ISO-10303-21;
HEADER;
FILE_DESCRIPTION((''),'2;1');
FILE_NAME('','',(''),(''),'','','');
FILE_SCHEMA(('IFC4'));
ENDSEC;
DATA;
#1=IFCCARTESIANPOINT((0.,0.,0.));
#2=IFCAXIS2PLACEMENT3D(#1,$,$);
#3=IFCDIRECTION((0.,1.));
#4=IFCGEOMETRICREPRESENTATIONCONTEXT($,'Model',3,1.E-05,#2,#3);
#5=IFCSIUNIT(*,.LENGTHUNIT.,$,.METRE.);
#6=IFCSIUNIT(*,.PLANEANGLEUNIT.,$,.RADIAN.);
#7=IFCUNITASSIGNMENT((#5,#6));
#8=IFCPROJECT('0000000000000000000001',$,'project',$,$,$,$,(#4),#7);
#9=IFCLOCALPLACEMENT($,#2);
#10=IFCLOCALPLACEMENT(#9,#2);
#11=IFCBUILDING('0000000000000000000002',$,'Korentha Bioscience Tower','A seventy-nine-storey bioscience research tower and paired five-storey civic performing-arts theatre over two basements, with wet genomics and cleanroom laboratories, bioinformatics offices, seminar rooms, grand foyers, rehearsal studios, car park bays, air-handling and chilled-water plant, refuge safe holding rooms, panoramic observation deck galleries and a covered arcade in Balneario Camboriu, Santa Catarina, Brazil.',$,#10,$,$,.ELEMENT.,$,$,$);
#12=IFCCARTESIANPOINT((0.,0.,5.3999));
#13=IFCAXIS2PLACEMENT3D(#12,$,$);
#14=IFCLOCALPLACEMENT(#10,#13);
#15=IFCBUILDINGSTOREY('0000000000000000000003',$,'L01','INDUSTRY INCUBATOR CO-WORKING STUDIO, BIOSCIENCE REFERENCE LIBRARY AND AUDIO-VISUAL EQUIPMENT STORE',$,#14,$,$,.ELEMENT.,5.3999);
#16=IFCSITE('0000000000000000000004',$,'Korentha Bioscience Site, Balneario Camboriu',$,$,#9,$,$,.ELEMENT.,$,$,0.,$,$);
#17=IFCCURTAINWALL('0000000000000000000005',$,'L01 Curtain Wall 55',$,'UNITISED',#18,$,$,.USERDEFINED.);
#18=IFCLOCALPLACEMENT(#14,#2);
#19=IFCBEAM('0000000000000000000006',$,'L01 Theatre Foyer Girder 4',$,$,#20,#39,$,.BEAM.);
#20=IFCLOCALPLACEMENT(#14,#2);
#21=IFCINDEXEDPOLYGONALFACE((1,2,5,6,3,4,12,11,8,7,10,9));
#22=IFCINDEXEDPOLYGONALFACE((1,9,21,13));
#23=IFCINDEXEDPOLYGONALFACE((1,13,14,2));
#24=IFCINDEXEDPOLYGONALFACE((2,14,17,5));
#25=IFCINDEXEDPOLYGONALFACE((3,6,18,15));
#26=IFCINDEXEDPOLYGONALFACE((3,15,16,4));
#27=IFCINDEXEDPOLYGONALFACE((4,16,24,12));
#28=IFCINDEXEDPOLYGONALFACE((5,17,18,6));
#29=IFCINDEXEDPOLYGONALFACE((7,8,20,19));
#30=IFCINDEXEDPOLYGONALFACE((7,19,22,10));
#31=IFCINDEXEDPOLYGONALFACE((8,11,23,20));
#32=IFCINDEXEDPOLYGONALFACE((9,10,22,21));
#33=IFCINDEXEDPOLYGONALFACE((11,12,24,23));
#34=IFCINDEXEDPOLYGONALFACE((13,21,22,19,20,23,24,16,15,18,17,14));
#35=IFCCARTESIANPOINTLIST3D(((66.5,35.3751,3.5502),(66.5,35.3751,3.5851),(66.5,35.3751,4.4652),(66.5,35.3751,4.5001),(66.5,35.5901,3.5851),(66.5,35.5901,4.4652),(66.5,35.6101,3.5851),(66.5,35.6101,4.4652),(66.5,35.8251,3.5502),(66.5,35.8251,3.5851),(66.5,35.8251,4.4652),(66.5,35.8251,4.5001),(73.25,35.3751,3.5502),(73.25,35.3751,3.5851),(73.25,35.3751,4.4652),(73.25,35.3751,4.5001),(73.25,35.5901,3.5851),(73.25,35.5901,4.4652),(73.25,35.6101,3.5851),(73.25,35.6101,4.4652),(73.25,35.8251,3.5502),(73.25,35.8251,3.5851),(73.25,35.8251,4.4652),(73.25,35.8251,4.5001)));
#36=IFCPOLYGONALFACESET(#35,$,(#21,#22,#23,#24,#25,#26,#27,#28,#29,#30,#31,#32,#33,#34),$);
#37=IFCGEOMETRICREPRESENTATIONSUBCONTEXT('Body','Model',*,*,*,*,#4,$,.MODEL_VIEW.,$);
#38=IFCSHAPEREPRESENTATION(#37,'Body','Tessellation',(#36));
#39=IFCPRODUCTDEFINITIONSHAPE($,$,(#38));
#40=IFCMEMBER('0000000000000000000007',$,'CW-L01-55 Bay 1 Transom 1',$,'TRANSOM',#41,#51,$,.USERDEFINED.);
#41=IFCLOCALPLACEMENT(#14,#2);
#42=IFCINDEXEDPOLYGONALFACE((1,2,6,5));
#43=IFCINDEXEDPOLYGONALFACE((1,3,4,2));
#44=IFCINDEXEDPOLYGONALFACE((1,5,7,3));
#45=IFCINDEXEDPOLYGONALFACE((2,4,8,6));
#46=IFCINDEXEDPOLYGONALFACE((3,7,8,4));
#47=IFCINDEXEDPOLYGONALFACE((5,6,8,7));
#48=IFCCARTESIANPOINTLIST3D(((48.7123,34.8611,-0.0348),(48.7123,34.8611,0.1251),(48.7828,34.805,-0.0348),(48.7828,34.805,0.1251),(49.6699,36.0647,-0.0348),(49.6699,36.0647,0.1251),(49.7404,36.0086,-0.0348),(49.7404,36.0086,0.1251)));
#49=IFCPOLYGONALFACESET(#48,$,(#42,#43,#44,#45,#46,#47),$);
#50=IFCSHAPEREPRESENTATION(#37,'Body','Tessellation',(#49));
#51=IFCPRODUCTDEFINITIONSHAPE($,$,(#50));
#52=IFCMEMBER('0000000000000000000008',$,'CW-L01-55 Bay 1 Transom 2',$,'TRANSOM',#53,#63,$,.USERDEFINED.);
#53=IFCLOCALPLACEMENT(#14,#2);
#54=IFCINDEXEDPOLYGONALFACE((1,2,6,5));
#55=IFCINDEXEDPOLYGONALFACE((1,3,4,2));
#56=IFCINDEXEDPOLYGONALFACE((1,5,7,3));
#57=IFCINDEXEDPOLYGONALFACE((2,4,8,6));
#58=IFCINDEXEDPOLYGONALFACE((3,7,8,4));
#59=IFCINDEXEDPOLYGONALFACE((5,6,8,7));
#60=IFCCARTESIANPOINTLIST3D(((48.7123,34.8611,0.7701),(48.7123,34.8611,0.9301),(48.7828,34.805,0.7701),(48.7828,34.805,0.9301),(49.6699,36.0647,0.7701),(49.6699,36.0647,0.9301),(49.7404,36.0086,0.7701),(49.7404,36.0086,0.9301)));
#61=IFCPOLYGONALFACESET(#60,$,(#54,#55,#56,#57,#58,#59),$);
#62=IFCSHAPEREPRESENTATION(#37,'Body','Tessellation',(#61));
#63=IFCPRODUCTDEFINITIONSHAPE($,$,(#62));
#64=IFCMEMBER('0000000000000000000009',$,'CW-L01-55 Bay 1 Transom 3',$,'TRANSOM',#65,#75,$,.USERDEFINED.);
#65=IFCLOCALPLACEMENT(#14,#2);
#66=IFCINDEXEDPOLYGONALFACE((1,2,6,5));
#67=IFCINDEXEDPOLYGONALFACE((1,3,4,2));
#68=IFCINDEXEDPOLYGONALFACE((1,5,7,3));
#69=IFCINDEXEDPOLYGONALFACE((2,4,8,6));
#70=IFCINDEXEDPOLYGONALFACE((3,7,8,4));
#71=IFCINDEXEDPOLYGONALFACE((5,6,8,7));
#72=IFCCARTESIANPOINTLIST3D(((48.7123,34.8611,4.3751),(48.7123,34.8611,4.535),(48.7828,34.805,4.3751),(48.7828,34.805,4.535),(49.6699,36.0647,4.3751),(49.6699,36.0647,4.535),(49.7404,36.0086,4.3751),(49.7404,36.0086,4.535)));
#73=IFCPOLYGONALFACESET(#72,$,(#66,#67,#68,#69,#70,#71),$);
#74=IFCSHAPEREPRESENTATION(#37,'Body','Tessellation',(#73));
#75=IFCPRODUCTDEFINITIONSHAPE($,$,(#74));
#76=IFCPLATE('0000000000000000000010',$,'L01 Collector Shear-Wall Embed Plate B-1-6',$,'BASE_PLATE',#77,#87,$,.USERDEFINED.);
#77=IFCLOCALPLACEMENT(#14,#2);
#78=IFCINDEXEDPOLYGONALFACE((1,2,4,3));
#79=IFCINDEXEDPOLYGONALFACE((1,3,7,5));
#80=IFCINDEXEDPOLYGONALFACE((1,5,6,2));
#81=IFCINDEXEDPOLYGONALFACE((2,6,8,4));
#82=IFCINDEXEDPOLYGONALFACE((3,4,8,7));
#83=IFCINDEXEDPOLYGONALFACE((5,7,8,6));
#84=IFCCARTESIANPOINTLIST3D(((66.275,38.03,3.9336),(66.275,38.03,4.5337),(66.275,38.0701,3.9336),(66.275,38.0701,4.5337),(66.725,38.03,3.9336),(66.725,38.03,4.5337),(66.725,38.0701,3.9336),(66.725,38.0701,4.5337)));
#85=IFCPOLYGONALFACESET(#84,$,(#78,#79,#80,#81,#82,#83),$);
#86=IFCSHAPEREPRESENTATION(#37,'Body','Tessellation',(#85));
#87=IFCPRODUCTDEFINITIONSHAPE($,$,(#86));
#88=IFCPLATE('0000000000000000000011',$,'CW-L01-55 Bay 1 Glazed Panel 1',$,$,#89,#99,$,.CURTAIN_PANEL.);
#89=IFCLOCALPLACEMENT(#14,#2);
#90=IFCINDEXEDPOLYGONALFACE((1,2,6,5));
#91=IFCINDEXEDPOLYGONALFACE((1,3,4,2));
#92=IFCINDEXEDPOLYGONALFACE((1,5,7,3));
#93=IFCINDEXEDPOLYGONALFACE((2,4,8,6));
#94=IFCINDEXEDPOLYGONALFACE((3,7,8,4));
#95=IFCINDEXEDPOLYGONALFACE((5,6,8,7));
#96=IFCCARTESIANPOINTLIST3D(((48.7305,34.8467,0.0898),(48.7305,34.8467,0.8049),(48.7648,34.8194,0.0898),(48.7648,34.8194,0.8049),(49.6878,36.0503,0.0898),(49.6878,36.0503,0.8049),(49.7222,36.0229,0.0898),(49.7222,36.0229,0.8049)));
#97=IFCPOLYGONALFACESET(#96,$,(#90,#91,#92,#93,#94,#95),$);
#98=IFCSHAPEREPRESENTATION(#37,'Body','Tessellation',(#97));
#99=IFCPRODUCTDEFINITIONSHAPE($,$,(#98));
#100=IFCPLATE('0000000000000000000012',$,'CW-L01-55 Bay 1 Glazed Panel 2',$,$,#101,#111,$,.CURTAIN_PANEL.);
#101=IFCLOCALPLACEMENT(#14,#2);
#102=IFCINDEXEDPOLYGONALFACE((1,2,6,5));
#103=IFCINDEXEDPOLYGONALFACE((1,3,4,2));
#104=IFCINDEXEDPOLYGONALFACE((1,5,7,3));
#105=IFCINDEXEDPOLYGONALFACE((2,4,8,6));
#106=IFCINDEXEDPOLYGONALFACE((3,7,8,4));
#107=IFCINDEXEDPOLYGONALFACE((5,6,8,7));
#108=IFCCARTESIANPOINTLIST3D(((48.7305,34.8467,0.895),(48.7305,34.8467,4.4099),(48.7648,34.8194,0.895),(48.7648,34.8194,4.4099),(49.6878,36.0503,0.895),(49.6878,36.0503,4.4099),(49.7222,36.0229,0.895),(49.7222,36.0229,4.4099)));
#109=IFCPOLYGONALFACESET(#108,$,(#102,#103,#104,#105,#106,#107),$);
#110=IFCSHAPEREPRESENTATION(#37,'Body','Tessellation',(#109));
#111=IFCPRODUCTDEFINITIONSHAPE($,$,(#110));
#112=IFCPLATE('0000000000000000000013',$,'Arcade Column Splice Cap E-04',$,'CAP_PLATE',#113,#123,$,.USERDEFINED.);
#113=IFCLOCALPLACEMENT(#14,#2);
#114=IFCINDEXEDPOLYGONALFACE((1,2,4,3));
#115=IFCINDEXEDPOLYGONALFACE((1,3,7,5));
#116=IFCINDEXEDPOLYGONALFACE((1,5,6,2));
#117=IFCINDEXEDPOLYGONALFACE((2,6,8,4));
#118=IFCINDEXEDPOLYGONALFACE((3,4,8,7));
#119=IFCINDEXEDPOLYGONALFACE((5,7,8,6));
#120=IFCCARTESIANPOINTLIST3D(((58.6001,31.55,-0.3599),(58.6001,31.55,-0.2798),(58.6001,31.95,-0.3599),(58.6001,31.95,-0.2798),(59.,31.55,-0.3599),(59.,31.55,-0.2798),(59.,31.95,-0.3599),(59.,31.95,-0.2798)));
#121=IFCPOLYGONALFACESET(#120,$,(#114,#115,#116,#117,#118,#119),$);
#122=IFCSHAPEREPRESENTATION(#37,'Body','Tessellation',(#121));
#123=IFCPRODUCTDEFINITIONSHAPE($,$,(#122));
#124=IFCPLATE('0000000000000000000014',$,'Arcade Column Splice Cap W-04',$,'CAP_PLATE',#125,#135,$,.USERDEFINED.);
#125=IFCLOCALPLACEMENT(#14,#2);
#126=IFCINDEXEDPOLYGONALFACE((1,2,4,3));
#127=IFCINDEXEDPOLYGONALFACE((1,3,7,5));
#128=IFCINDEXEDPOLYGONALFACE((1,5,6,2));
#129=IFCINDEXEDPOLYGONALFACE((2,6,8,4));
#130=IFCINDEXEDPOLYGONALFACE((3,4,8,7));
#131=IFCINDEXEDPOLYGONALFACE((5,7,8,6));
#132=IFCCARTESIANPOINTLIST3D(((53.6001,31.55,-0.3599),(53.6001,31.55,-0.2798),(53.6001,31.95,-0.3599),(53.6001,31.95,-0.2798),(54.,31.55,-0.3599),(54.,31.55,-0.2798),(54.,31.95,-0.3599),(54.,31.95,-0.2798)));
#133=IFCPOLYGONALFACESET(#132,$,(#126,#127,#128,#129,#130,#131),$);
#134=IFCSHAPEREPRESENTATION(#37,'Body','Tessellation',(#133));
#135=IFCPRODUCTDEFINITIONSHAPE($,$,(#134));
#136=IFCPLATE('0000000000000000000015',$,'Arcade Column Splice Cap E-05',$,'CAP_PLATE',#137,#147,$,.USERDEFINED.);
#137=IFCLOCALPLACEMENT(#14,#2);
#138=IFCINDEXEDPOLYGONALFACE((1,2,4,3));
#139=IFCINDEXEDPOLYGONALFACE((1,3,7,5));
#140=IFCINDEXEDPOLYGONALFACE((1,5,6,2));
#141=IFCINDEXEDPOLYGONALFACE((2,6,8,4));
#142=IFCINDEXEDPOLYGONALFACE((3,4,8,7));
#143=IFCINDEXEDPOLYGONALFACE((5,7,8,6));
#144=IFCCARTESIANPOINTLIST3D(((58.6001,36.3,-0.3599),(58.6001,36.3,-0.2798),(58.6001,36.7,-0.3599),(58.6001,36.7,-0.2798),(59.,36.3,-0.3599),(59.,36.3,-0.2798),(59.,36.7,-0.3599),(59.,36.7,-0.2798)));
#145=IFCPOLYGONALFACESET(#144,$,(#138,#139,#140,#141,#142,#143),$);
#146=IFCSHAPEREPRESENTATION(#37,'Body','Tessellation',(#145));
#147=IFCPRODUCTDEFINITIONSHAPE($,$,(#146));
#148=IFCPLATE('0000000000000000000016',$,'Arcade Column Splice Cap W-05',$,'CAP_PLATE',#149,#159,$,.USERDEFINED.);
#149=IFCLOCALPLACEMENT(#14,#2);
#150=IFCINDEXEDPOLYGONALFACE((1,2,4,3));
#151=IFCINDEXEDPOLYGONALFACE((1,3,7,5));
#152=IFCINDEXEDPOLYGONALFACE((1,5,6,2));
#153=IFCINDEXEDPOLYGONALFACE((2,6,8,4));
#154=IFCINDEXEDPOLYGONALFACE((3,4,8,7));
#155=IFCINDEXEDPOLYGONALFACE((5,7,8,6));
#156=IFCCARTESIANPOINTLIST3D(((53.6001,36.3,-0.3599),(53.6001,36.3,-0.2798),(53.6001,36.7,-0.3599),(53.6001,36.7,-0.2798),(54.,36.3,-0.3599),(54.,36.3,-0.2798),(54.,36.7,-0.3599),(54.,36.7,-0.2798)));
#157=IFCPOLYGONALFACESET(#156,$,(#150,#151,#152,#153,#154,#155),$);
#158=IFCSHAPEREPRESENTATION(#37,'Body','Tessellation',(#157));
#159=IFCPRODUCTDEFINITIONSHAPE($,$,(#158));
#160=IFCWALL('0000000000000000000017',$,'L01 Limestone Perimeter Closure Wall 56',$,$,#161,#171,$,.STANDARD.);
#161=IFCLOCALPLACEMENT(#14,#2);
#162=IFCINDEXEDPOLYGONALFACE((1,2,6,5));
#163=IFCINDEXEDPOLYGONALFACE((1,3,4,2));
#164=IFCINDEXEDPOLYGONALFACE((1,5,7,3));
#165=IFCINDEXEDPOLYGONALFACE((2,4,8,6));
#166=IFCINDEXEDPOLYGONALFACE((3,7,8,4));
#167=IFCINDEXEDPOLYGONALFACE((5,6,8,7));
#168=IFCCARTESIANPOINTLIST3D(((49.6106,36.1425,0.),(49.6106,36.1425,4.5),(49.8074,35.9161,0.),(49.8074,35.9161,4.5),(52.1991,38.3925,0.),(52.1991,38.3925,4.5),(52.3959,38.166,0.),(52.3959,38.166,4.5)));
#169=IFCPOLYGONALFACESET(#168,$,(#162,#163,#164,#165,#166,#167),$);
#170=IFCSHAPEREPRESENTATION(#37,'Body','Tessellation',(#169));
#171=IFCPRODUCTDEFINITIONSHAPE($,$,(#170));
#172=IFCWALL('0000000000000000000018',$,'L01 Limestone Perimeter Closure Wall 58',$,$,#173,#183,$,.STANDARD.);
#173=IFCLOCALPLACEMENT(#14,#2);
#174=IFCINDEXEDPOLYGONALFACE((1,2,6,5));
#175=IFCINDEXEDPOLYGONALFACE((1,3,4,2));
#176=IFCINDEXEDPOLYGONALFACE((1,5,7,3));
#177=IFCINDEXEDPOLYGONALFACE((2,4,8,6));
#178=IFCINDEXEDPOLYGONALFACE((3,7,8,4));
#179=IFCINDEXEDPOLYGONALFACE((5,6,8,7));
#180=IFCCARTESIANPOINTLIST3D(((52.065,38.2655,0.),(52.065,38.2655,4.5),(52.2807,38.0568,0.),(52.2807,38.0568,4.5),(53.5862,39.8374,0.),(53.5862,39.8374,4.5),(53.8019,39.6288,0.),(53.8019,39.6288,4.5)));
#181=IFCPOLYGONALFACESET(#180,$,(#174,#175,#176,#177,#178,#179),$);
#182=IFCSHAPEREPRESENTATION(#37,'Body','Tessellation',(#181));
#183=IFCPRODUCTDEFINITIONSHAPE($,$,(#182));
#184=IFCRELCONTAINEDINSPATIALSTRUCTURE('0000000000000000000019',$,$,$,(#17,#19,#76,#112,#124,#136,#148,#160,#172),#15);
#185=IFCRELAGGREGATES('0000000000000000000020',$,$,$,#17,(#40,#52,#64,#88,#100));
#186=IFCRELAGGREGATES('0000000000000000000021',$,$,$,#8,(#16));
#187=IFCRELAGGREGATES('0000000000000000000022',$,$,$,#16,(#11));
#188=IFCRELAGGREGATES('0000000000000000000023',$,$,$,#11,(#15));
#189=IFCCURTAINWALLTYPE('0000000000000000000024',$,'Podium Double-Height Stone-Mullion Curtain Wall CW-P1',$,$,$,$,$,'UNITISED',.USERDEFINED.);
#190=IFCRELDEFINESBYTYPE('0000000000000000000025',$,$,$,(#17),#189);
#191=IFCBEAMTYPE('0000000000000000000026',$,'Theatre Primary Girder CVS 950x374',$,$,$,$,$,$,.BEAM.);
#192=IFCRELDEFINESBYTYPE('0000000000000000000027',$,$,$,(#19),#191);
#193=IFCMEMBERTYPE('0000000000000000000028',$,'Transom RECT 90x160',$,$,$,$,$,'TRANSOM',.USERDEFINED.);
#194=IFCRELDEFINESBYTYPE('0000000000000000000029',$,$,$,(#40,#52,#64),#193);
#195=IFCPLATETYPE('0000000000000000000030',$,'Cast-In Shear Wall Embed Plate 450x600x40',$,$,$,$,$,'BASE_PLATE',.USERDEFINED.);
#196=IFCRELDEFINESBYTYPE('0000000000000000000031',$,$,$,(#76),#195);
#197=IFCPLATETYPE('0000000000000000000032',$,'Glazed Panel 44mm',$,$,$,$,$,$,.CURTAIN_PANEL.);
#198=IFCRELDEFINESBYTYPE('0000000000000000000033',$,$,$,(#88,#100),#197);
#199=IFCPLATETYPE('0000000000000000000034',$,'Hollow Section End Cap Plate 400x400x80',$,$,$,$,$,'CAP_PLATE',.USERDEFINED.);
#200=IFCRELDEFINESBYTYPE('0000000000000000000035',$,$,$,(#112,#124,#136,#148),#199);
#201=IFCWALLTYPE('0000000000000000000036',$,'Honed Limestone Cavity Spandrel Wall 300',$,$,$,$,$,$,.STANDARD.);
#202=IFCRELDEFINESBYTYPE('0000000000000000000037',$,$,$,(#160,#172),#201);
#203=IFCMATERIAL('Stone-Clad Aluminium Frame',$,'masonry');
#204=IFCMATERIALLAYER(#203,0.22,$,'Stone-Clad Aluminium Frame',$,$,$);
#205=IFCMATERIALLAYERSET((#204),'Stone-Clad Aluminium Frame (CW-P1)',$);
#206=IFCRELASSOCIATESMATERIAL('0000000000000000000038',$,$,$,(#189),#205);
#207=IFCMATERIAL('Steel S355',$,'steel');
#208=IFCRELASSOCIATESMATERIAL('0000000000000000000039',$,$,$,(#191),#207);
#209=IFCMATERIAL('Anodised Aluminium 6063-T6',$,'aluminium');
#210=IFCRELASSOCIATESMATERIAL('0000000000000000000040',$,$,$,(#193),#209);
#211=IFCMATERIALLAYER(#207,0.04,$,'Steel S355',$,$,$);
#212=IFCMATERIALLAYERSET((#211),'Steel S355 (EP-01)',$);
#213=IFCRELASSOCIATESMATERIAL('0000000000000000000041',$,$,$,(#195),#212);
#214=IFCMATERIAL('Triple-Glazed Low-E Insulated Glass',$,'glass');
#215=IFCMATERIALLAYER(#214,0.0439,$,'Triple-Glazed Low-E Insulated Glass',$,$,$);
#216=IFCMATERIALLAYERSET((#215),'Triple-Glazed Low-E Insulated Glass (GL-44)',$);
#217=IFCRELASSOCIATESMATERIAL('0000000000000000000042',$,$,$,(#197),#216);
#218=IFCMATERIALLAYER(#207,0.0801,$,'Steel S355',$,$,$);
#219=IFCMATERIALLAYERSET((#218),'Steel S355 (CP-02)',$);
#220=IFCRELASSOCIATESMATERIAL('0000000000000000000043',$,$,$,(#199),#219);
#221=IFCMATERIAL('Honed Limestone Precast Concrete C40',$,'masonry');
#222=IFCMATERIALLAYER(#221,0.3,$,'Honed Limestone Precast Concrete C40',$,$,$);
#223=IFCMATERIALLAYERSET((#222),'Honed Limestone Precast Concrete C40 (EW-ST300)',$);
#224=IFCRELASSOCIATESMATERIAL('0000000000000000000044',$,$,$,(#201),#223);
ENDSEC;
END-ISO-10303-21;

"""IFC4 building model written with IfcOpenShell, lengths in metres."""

from ifc_helpers import new_model, si_unit, direction, frame, frame_2d, origin, origin_2d, place, context, subcontext, project, spatial, rectangle, i_section, extrude, material, layer, layer_set, material_profile, profile_set, type_object, element, aggregate, save


model = new_model("IFC4")

# Units and contexts
model_context = context("Model", 3, precision=1e-05, world=origin(), true_north=direction((0.0, 1.0)))
body_context = subcontext(model_context, "Body", "Model", "MODEL_VIEW")
ifc_project = project(units=[si_unit("LENGTHUNIT", "METRE"), si_unit("PLANEANGLEUNIT", "RADIAN")], contexts=[model_context])

# Site, building, storey
site_placement = place(None, origin())
site = spatial("IfcSite", under=ifc_project, at=site_placement, Name="Korentha Bioscience Site, Balneario Camboriu", CompositionType="ELEMENT", RefElevation=0.0)
building_placement = place(site_placement, origin())
building = spatial("IfcBuilding", under=site, at=building_placement, Name="Korentha Bioscience Tower", Description="A seventy-nine-storey bioscience research tower and paired five-storey civic performing-arts theatre over two basements, with wet genomics and cleanroom laboratories, bioinformatics offices, seminar rooms, grand foyers, rehearsal studios, car park bays, air-handling and chilled-water plant, refuge safe holding rooms, panoramic observation deck galleries and a covered arcade in Balneario Camboriu, Santa Catarina, Brazil.", CompositionType="ELEMENT")
storey_placement = place(building_placement, frame((0.0, 0.0, 5.3999)))
storey = spatial("IfcBuildingStorey", under=building, at=storey_placement, Name="L01", Description="INDUSTRY INCUBATOR CO-WORKING STUDIO, BIOSCIENCE REFERENCE LIBRARY AND AUDIO-VISUAL EQUIPMENT STORE", CompositionType="ELEMENT", Elevation=5.3999)

# Shared definitions
ifc_material_1 = material(Name="Steel S355", Category="steel")

# Curtain wall
ifc_material_2 = material(Name="Stone-Clad Aluminium Frame", Category="masonry")
ifc_layer_1 = layer(ifc_material_2, 0.22, Name="Stone-Clad Aluminium Frame")
ifc_layer_set_1 = layer_set([ifc_layer_1], Name="Stone-Clad Aluminium Frame (CW-P1)")
curtain_wall_type = type_object("IfcCurtainWallType", Name="Podium Double-Height Stone-Mullion Curtain Wall CW-P1", ElementType="UNITISED", PredefinedType="USERDEFINED", material=ifc_layer_set_1)
curtain_wall_placement = place(storey_placement, origin())
curtain_wall = element("IfcCurtainWall", 1, at=curtain_wall_placement, inside=storey, type_object=curtain_wall_type, Name="L01 Curtain Wall 55", ObjectType="UNITISED", PredefinedType="USERDEFINED")
ifc_material_3 = material(Name="Anodised Aluminium 6063-T6", Category="aluminium")

# Beam
ifc_material_profile_1 = material_profile(ifc_material_1, i_section(OverallWidth=0.45, OverallDepth=0.95, WebThickness=0.02, FlangeThickness=0.0349, at=origin_2d()), Name="Steel S355")
ifc_profile_set_1 = profile_set([ifc_material_profile_1], Name="Steel S355 (TB-950)")
beam_type_1 = type_object("IfcBeamType", Name="Theatre Primary Girder CVS 950x374", PredefinedType="BEAM", material=ifc_profile_set_1)
beam_1_placement = place(storey_placement, frame((66.5, 35.6001, 4.0251), z_axis=(1.0, 0.0, 0.0), x_axis=(0.0, 1.0, 0.0)))
element("IfcBeam", 2, at=beam_1_placement, inside=storey, type_object=beam_type_1, Name="L01 Theatre Foyer Girder 4", PredefinedType="BEAM", context=body_context, shape_type="SweptSolid", body=[
    extrude(i_section(OverallWidth=0.45, OverallDepth=0.95, WebThickness=0.02, FlangeThickness=0.0349, at=origin_2d()), origin(), (0.0, 0.0, 1.0), 6.75),
])

# Members
ifc_material_profile_2 = material_profile(ifc_material_3, rectangle(XDim=0.0901, YDim=0.1599, at=origin_2d()), Name="Anodised Aluminium 6063-T6")
ifc_profile_set_2 = profile_set([ifc_material_profile_2], Name="Anodised Aluminium 6063-T6 (CW-TRN)")
member_type_1 = type_object("IfcMemberType", Name="Transom RECT 90x160", ElementType="TRANSOM", PredefinedType="USERDEFINED", material=ifc_profile_set_2)
member_1_placement = place(storey_placement, frame((48.7476, 34.833, 0.0452), z_axis=(0.622563, 0.782569, 0.0), x_axis=(-0.782569, 0.622563, 0.0)))
member_1 = element("IfcMember", 3, at=member_1_placement, type_object=member_type_1, Name="CW-L01-55 Bay 1 Transom 1", ObjectType="TRANSOM", PredefinedType="USERDEFINED", context=body_context, shape_type="SweptSolid", body=[
    extrude(rectangle(XDim=0.0901, YDim=0.1599, at=origin_2d()), origin(), (0.0, 0.0, 1.0), 1.5381),
])
member_2_placement = place(storey_placement, frame((48.7476, 34.833, 0.8501), z_axis=(0.622563, 0.782569, 0.0), x_axis=(-0.782569, 0.622563, 0.0)))
member_2 = element("IfcMember", 4, at=member_2_placement, type_object=member_type_1, Name="CW-L01-55 Bay 1 Transom 2", ObjectType="TRANSOM", PredefinedType="USERDEFINED", context=body_context, shape_type="SweptSolid", body=[
    extrude(rectangle(XDim=0.0901, YDim=0.1599, at=origin_2d()), origin(), (0.0, 0.0, 1.0), 1.5381),
])
member_3_placement = place(storey_placement, frame((48.7476, 34.833, 4.4551), z_axis=(0.622563, 0.782569, 0.0), x_axis=(-0.782569, 0.622563, 0.0)))
member_3 = element("IfcMember", 5, at=member_3_placement, type_object=member_type_1, Name="CW-L01-55 Bay 1 Transom 3", ObjectType="TRANSOM", PredefinedType="USERDEFINED", context=body_context, shape_type="SweptSolid", body=[
    extrude(rectangle(XDim=0.0901, YDim=0.1599, at=origin_2d()), origin(), (0.0, 0.0, 1.0), 1.5381),
])

# Plates
ifc_layer_2 = layer(ifc_material_1, 0.04, Name="Steel S355")
ifc_layer_set_2 = layer_set([ifc_layer_2], Name="Steel S355 (EP-01)")
plate_type_1 = type_object("IfcPlateType", Name="Cast-In Shear Wall Embed Plate 450x600x40", ElementType="BASE_PLATE", PredefinedType="USERDEFINED", material=ifc_layer_set_2)
plate_1_placement = place(storey_placement, frame((66.5, 38.05, 3.9336), z_axis=(0.0, 0.0, 1.0), x_axis=(1.0, 0.0, 0.0)))
element("IfcPlate", 6, at=plate_1_placement, inside=storey, type_object=plate_type_1, Name="L01 Collector Shear-Wall Embed Plate B-1-6", ObjectType="BASE_PLATE", PredefinedType="USERDEFINED", context=body_context, shape_type="SweptSolid", body=[
    extrude(rectangle(XDim=0.45, YDim=0.04, at=origin_2d()), origin(), (0.0, 0.0, 1.0), 0.6001),
])
ifc_material_4 = material(Name="Triple-Glazed Low-E Insulated Glass", Category="glass")
ifc_layer_3 = layer(ifc_material_4, 0.0439, Name="Triple-Glazed Low-E Insulated Glass")
ifc_layer_set_3 = layer_set([ifc_layer_3], Name="Triple-Glazed Low-E Insulated Glass (GL-44)")
plate_type_2 = type_object("IfcPlateType", Name="Glazed Panel 44mm", PredefinedType="CURTAIN_PANEL", material=ifc_layer_set_3)
plate_2_placement = place(storey_placement, frame((49.2263, 35.4348, 0.0898), z_axis=(0.0, 0.0, 1.0), x_axis=(0.62252, 0.782604, 0.0)))
plate_2 = element("IfcPlate", 7, at=plate_2_placement, type_object=plate_type_2, Name="CW-L01-55 Bay 1 Glazed Panel 1", PredefinedType="CURTAIN_PANEL", context=body_context, shape_type="SweptSolid", body=[
    extrude(rectangle(XDim=1.5378, YDim=0.0439, at=origin_2d()), origin(), (0.0, 0.0, 1.0), 0.7151),
])
plate_3_placement = place(storey_placement, frame((49.2263, 35.4348, 0.895), z_axis=(0.0, 0.0, 1.0), x_axis=(0.62252, 0.782604, 0.0)))
plate_3 = element("IfcPlate", 8, at=plate_3_placement, type_object=plate_type_2, Name="CW-L01-55 Bay 1 Glazed Panel 2", PredefinedType="CURTAIN_PANEL", context=body_context, shape_type="SweptSolid", body=[
    extrude(rectangle(XDim=1.5378, YDim=0.0439, at=origin_2d()), origin(), (0.0, 0.0, 1.0), 3.5149),
])
aggregate(curtain_wall, [member_1, member_2, member_3, plate_2, plate_3])

# Plates
ifc_layer_4 = layer(ifc_material_1, 0.0801, Name="Steel S355")
ifc_layer_set_4 = layer_set([ifc_layer_4], Name="Steel S355 (CP-02)")
plate_type_3 = type_object("IfcPlateType", Name="Hollow Section End Cap Plate 400x400x80", ElementType="CAP_PLATE", PredefinedType="USERDEFINED", material=ifc_layer_set_4)
for number, where, z_axis, x_axis, name in (
    (9, (58.8, 31.75, -0.3599), (0.0, 0.0, 1.0), (1.0, 0.0, 0.0), "Arcade Column Splice Cap E-04"),
    (10, (53.8, 31.75, -0.3599), (0.0, 0.0, 1.0), (1.0, 0.0, 0.0), "Arcade Column Splice Cap W-04"),
    (11, (58.8, 36.5, -0.3599), (0.0, 0.0, 1.0), (1.0, 0.0, 0.0), "Arcade Column Splice Cap E-05"),
    (12, (53.8, 36.5, -0.3599), (0.0, 0.0, 1.0), (1.0, 0.0, 0.0), "Arcade Column Splice Cap W-05"),
):
    element("IfcPlate", number, at=place(storey_placement, frame(where, z_axis=z_axis, x_axis=x_axis)), inside=storey, type_object=plate_type_3, Name=name, ObjectType="CAP_PLATE", PredefinedType="USERDEFINED", context=body_context, shape_type="SweptSolid", body=[
        extrude(rectangle(XDim=0.3999, YDim=0.3999, at=origin_2d()), origin(), (0.0, 0.0, 1.0), 0.0801),
    ])

# Walls
ifc_material_5 = material(Name="Honed Limestone Precast Concrete C40", Category="masonry")
ifc_layer_5 = layer(ifc_material_5, 0.3, Name="Honed Limestone Precast Concrete C40")
ifc_layer_set_5 = layer_set([ifc_layer_5], Name="Honed Limestone Precast Concrete C40 (EW-ST300)")
wall_type = type_object("IfcWallType", Name="Honed Limestone Cavity Spandrel Wall 300", PredefinedType="STANDARD", material=ifc_layer_set_5)
wall_1_placement = place(storey_placement, frame((49.709, 36.0293, 0.0), z_axis=(0.0, 0.0, 1.0), x_axis=(0.754746, 0.656017, 0.0)))
element("IfcWall", 13, at=wall_1_placement, inside=storey, type_object=wall_type, Name="L01 Limestone Perimeter Closure Wall 56", PredefinedType="STANDARD", context=body_context, shape_type="SweptSolid", body=[
    extrude(rectangle(XDim=3.4297, YDim=0.3, at=frame_2d((1.7148, 0.0))), origin(), (0.0, 0.0, 1.0), 4.5),
])
wall_2_placement = place(storey_placement, frame((52.1729, 38.1611, 0.0), z_axis=(0.0, 0.0, 1.0), x_axis=(0.695405, 0.718618, 0.0)))
element("IfcWall", 14, at=wall_2_placement, inside=storey, type_object=wall_type, Name="L01 Limestone Perimeter Closure Wall 58", PredefinedType="STANDARD", context=body_context, shape_type="SweptSolid", body=[
    extrude(rectangle(XDim=2.1875, YDim=0.3, at=frame_2d((1.0938, 0.0))), origin(), (0.0, 0.0, 1.0), 4.5),
])

save(model, "model.ifc")
